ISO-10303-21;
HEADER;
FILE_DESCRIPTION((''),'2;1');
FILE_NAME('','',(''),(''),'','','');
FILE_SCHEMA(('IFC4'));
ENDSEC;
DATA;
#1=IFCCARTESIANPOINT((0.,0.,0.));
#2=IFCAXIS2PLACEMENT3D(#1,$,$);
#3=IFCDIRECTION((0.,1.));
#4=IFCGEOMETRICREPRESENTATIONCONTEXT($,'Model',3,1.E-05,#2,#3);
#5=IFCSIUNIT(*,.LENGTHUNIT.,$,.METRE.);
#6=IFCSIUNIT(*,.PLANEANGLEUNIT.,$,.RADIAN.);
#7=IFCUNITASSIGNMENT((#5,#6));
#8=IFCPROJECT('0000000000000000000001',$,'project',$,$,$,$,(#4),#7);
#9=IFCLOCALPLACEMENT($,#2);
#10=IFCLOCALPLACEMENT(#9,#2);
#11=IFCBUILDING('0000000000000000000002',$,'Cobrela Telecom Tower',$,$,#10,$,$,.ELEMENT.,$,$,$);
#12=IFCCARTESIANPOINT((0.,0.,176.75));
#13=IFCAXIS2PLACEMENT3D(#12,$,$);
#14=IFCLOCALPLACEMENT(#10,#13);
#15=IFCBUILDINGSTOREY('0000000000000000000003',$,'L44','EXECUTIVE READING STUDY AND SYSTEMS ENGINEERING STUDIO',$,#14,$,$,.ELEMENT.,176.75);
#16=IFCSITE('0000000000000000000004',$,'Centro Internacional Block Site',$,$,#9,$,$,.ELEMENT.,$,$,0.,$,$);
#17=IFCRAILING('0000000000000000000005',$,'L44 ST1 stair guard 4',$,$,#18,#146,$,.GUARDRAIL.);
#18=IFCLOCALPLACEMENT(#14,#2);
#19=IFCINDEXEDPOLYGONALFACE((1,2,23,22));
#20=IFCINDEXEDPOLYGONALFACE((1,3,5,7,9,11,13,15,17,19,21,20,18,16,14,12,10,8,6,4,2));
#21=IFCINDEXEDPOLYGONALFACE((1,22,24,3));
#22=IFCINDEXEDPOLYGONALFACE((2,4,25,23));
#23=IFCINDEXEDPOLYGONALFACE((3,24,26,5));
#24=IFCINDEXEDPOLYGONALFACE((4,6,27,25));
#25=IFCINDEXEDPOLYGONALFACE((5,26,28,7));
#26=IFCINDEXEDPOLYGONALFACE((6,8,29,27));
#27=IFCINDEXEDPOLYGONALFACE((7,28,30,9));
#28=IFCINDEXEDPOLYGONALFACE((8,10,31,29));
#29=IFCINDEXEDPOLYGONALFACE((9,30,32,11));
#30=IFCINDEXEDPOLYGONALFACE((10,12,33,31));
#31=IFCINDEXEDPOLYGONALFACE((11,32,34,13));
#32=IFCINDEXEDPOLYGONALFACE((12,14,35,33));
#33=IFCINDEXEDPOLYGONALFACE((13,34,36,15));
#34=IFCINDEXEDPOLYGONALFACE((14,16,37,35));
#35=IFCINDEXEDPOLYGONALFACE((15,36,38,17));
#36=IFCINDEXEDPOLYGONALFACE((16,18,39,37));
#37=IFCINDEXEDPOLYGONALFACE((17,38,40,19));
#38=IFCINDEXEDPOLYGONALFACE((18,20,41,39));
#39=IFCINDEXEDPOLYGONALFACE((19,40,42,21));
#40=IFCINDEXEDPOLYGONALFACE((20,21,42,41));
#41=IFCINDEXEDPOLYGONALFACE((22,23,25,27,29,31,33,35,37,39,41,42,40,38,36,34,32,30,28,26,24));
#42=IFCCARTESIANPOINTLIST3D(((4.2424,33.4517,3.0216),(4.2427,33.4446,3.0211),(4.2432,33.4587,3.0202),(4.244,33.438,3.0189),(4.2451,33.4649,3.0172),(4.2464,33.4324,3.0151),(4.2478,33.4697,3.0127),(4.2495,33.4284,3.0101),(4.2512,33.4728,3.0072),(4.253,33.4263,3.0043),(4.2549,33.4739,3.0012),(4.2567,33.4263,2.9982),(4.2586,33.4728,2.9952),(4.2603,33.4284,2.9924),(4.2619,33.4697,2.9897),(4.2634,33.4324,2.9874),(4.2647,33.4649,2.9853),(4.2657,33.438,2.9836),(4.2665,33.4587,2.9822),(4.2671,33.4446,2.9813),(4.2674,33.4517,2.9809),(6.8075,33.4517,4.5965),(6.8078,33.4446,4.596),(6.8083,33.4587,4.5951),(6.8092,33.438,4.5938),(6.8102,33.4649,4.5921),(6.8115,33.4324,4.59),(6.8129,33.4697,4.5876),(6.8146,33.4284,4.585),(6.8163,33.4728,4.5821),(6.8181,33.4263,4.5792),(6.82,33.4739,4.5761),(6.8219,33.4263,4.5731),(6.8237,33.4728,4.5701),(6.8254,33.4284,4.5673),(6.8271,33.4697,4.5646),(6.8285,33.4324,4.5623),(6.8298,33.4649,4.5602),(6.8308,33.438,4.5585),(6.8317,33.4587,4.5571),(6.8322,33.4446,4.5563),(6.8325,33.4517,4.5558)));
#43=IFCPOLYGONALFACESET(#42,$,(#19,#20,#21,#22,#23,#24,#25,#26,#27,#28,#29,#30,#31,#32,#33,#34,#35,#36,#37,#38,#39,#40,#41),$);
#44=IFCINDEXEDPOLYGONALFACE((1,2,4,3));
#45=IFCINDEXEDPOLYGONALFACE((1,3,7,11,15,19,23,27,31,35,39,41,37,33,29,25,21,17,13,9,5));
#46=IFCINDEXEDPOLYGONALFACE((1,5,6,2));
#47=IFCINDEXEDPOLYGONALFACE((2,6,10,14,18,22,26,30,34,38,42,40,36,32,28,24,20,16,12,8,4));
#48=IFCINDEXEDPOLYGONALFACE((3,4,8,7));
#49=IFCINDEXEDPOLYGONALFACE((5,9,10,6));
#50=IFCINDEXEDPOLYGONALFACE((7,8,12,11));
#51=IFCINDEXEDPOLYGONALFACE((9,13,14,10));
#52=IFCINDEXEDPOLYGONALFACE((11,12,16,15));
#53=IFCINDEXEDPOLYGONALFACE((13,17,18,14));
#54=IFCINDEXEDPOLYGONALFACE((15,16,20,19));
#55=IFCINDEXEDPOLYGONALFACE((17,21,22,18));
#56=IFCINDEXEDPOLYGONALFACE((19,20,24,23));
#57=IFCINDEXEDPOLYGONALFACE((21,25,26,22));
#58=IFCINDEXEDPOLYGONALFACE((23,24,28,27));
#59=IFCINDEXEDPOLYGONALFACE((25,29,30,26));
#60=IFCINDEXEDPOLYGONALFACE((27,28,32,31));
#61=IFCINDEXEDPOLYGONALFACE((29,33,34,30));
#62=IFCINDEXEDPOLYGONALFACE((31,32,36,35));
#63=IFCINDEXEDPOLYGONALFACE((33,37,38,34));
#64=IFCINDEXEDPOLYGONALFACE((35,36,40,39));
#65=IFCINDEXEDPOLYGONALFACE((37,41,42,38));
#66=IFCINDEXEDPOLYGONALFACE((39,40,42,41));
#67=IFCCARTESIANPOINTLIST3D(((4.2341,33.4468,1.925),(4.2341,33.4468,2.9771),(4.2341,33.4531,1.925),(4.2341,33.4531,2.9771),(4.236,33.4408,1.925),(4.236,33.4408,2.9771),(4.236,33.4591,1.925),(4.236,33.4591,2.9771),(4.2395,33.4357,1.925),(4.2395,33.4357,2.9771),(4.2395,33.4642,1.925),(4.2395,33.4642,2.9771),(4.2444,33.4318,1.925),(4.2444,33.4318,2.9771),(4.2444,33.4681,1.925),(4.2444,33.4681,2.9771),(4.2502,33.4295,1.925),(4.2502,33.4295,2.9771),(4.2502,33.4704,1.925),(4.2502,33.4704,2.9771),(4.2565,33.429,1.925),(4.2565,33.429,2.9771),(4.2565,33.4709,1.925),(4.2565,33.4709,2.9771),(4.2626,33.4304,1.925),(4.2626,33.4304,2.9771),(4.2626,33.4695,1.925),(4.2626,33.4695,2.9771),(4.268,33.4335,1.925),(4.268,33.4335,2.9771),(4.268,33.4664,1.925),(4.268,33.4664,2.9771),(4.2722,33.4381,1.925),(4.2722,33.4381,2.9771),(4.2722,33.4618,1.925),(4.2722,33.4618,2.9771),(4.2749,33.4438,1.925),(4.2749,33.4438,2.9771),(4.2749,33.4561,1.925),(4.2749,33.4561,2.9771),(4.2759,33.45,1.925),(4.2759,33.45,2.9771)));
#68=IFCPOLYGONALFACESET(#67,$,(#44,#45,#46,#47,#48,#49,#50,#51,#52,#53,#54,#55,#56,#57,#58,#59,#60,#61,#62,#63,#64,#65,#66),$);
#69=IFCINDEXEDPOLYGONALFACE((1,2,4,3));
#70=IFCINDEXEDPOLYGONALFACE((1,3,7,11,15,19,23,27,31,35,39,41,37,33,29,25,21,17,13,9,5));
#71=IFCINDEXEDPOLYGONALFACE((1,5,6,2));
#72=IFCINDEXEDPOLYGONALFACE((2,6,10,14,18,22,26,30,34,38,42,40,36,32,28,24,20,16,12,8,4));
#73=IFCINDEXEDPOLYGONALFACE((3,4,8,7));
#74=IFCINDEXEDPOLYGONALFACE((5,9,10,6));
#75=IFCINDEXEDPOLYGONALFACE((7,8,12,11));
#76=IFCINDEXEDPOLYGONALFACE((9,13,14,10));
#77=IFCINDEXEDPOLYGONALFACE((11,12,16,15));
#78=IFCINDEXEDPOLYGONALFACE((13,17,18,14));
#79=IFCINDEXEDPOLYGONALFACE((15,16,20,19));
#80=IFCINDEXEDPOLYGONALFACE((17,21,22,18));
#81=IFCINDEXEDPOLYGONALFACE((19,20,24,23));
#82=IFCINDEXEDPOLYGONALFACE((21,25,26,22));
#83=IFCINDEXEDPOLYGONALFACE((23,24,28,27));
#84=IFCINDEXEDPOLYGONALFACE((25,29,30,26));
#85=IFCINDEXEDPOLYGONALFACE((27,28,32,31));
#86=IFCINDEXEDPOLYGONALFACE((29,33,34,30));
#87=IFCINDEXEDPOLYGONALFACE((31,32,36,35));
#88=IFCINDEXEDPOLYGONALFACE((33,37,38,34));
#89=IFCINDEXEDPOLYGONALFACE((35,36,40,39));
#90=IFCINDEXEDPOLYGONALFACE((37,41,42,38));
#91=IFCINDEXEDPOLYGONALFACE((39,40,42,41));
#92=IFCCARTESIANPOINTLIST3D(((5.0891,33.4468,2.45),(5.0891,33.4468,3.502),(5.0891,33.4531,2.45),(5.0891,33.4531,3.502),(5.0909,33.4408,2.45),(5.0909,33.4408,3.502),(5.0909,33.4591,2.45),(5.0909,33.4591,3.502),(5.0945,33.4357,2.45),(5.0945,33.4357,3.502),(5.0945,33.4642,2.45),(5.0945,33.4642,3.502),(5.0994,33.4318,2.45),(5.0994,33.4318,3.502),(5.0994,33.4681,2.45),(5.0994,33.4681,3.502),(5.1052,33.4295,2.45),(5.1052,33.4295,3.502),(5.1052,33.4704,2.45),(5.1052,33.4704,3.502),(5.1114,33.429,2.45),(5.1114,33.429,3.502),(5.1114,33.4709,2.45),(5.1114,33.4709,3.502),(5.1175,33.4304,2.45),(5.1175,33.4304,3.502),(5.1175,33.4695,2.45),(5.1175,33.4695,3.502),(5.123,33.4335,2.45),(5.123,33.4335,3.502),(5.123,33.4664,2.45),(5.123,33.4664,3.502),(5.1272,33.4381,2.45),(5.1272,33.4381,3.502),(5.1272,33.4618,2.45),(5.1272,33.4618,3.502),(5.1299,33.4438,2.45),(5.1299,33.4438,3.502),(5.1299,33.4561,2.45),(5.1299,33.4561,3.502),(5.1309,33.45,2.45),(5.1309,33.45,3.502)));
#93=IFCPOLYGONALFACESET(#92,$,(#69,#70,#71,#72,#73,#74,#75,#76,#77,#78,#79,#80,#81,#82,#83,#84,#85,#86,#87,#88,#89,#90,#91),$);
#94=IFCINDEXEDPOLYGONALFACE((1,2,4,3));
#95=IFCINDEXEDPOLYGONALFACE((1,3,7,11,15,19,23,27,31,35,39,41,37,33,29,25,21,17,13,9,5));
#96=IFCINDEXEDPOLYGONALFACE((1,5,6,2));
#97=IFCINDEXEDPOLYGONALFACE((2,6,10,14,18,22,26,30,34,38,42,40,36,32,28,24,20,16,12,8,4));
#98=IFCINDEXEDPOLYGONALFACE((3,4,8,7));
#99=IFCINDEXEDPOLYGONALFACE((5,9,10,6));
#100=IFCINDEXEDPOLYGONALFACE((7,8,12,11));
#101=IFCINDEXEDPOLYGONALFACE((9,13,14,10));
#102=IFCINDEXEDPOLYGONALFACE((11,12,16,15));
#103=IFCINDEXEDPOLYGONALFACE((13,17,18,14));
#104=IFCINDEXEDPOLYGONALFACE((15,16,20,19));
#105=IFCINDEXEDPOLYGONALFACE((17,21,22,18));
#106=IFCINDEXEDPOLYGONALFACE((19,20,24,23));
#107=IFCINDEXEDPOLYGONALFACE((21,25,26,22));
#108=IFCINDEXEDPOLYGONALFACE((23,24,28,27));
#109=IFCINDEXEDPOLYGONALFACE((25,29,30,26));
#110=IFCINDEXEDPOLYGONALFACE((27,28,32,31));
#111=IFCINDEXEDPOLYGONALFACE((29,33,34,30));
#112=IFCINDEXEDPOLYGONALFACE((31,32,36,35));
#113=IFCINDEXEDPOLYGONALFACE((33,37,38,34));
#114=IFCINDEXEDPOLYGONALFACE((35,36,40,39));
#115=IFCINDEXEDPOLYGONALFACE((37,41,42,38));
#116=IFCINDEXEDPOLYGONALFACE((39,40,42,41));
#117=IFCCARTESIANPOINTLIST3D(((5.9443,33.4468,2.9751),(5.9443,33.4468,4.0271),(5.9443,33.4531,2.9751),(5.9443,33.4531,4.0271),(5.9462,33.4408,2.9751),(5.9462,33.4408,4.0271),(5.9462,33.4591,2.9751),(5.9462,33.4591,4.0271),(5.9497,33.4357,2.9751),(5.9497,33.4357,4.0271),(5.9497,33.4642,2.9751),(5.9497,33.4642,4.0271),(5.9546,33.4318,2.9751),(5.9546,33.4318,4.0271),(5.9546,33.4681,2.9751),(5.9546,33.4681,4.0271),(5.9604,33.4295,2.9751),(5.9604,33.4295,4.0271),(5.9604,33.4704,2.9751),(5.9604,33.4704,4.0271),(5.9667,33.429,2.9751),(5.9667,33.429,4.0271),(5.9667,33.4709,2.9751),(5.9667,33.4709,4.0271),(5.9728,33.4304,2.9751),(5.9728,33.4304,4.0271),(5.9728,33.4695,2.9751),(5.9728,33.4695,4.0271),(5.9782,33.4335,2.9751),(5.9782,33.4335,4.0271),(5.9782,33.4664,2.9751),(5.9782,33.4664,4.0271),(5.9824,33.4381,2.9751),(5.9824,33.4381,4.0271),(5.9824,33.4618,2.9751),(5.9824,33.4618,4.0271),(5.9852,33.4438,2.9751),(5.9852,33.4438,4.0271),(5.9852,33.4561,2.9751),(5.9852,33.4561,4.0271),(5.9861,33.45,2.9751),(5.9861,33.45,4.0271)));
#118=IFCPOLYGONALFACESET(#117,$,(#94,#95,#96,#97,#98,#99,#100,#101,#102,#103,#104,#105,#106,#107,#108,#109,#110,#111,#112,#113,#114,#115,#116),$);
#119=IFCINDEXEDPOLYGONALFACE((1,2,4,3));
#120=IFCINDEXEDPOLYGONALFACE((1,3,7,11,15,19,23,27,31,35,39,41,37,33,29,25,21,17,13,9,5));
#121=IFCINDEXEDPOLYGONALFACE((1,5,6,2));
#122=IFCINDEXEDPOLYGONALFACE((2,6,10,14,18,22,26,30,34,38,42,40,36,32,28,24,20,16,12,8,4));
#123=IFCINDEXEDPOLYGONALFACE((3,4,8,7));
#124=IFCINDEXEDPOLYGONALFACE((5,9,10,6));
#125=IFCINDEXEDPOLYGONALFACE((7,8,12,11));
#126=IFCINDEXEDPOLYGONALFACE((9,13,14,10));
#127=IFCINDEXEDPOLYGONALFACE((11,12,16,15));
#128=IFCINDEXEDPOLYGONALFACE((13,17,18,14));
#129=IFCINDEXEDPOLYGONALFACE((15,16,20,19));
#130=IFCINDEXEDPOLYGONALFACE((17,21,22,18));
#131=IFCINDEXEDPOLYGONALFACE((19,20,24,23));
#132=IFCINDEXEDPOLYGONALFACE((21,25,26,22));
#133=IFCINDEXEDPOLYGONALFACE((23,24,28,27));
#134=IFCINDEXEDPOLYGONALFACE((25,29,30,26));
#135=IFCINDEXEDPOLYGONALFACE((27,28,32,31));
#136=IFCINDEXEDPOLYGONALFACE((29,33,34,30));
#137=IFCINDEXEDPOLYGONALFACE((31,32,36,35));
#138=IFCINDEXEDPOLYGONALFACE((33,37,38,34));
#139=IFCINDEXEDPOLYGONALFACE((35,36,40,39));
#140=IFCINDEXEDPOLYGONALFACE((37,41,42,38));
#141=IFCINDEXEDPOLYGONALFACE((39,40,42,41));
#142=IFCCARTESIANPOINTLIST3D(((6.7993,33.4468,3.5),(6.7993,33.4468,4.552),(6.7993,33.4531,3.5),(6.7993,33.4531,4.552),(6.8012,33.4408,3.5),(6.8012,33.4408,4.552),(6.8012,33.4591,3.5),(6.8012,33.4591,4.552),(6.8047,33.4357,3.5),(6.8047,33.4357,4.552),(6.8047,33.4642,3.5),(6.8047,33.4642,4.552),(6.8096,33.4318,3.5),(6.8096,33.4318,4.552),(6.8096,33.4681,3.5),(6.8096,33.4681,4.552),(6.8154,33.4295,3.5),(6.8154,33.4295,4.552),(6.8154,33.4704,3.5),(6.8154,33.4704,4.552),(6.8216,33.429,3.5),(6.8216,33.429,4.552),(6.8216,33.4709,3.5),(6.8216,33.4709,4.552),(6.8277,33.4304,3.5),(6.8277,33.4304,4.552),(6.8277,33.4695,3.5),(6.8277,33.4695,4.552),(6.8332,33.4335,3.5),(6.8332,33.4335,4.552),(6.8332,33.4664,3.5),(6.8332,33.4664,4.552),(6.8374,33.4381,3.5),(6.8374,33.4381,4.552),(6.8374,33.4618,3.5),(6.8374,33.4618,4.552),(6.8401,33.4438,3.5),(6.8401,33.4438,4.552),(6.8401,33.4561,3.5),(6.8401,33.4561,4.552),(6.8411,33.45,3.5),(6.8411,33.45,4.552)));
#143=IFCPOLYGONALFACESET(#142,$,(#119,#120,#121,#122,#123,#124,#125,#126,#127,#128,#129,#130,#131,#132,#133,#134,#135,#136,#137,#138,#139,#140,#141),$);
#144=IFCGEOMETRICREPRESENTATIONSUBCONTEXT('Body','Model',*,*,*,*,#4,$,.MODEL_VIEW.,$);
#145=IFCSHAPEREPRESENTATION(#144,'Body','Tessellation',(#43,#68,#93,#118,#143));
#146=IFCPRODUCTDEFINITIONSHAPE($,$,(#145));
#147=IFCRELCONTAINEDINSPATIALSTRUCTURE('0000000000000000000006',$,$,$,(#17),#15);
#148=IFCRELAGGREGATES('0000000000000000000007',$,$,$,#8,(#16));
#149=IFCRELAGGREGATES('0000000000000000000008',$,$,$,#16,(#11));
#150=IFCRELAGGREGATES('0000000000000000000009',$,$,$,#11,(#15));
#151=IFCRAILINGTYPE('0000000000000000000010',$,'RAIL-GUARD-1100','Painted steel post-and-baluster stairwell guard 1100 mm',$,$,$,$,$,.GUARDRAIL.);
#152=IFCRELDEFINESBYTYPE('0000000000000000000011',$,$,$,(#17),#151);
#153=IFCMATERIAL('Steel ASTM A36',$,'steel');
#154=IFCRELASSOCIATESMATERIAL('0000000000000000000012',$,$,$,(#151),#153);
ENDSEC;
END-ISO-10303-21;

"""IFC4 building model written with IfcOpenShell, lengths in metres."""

from ifc_helpers import new_model, si_unit, direction, frame, origin, origin_2d, place, context, subcontext, project, spatial, circle, extrude, material, type_object, element, save


model = new_model("IFC4")

# Units and contexts
model_context = context("Model", 3, precision=1e-05, world=origin(), true_north=direction((0.0, 1.0)))
body_context = subcontext(model_context, "Body", "Model", "MODEL_VIEW")
ifc_project = project(units=[si_unit("LENGTHUNIT", "METRE"), si_unit("PLANEANGLEUNIT", "RADIAN")], contexts=[model_context])

# Site, building, storey
site_placement = place(None, origin())
site = spatial("IfcSite", under=ifc_project, at=site_placement, Name="Centro Internacional Block Site", CompositionType="ELEMENT", RefElevation=0.0)
building_placement = place(site_placement, origin())
building = spatial("IfcBuilding", under=site, at=building_placement, Name="Cobrela Telecom Tower", CompositionType="ELEMENT")
storey_placement = place(building_placement, frame((0.0, 0.0, 176.75)))
storey = spatial("IfcBuildingStorey", under=building, at=storey_placement, Name="L44", Description="EXECUTIVE READING STUDY AND SYSTEMS ENGINEERING STUDIO", CompositionType="ELEMENT", Elevation=176.75)

# Shared definitions
ifc_material_1 = material(Name="Steel ASTM A36", Category="steel")

# Railing
railing_type_1 = type_object("IfcRailingType", Name="RAIL-GUARD-1100", Description="Painted steel post-and-baluster stairwell guard 1100 mm", PredefinedType="GUARDRAIL", material=ifc_material_1)
railing_1_placement = place(storey_placement, frame((4.2549, 33.45, 1.925)))
element("IfcRailing", 1, at=railing_1_placement, inside=storey, type_object=railing_type_1, Name="L44 ST1 stair guard 4", PredefinedType="GUARDRAIL", context=body_context, shape_type="SweptSolid", body=[
    extrude(circle(Radius=0.0239, at=origin_2d()), frame((0.0, 0.0, 1.0762), z_axis=(0.852195, 0.0, 0.523224), x_axis=(0.0, 1.0, 0.0)), (0.0, 0.0, 1.0), 3.01),
    extrude(circle(Radius=0.021, at=origin_2d()), origin(), (0.0, 0.0, 1.0), 1.052),
    extrude(circle(Radius=0.021, at=origin_2d()), frame((0.855, 0.0, 0.5249)), (0.0, 0.0, 1.0), 1.052),
    extrude(circle(Radius=0.021, at=origin_2d()), frame((1.7102, 0.0, 1.05)), (0.0, 0.0, 1.0), 1.052),
    extrude(circle(Radius=0.021, at=origin_2d()), frame((2.5652, 0.0, 1.575)), (0.0, 0.0, 1.0), 1.052),
])

save(model, "model.ifc")
